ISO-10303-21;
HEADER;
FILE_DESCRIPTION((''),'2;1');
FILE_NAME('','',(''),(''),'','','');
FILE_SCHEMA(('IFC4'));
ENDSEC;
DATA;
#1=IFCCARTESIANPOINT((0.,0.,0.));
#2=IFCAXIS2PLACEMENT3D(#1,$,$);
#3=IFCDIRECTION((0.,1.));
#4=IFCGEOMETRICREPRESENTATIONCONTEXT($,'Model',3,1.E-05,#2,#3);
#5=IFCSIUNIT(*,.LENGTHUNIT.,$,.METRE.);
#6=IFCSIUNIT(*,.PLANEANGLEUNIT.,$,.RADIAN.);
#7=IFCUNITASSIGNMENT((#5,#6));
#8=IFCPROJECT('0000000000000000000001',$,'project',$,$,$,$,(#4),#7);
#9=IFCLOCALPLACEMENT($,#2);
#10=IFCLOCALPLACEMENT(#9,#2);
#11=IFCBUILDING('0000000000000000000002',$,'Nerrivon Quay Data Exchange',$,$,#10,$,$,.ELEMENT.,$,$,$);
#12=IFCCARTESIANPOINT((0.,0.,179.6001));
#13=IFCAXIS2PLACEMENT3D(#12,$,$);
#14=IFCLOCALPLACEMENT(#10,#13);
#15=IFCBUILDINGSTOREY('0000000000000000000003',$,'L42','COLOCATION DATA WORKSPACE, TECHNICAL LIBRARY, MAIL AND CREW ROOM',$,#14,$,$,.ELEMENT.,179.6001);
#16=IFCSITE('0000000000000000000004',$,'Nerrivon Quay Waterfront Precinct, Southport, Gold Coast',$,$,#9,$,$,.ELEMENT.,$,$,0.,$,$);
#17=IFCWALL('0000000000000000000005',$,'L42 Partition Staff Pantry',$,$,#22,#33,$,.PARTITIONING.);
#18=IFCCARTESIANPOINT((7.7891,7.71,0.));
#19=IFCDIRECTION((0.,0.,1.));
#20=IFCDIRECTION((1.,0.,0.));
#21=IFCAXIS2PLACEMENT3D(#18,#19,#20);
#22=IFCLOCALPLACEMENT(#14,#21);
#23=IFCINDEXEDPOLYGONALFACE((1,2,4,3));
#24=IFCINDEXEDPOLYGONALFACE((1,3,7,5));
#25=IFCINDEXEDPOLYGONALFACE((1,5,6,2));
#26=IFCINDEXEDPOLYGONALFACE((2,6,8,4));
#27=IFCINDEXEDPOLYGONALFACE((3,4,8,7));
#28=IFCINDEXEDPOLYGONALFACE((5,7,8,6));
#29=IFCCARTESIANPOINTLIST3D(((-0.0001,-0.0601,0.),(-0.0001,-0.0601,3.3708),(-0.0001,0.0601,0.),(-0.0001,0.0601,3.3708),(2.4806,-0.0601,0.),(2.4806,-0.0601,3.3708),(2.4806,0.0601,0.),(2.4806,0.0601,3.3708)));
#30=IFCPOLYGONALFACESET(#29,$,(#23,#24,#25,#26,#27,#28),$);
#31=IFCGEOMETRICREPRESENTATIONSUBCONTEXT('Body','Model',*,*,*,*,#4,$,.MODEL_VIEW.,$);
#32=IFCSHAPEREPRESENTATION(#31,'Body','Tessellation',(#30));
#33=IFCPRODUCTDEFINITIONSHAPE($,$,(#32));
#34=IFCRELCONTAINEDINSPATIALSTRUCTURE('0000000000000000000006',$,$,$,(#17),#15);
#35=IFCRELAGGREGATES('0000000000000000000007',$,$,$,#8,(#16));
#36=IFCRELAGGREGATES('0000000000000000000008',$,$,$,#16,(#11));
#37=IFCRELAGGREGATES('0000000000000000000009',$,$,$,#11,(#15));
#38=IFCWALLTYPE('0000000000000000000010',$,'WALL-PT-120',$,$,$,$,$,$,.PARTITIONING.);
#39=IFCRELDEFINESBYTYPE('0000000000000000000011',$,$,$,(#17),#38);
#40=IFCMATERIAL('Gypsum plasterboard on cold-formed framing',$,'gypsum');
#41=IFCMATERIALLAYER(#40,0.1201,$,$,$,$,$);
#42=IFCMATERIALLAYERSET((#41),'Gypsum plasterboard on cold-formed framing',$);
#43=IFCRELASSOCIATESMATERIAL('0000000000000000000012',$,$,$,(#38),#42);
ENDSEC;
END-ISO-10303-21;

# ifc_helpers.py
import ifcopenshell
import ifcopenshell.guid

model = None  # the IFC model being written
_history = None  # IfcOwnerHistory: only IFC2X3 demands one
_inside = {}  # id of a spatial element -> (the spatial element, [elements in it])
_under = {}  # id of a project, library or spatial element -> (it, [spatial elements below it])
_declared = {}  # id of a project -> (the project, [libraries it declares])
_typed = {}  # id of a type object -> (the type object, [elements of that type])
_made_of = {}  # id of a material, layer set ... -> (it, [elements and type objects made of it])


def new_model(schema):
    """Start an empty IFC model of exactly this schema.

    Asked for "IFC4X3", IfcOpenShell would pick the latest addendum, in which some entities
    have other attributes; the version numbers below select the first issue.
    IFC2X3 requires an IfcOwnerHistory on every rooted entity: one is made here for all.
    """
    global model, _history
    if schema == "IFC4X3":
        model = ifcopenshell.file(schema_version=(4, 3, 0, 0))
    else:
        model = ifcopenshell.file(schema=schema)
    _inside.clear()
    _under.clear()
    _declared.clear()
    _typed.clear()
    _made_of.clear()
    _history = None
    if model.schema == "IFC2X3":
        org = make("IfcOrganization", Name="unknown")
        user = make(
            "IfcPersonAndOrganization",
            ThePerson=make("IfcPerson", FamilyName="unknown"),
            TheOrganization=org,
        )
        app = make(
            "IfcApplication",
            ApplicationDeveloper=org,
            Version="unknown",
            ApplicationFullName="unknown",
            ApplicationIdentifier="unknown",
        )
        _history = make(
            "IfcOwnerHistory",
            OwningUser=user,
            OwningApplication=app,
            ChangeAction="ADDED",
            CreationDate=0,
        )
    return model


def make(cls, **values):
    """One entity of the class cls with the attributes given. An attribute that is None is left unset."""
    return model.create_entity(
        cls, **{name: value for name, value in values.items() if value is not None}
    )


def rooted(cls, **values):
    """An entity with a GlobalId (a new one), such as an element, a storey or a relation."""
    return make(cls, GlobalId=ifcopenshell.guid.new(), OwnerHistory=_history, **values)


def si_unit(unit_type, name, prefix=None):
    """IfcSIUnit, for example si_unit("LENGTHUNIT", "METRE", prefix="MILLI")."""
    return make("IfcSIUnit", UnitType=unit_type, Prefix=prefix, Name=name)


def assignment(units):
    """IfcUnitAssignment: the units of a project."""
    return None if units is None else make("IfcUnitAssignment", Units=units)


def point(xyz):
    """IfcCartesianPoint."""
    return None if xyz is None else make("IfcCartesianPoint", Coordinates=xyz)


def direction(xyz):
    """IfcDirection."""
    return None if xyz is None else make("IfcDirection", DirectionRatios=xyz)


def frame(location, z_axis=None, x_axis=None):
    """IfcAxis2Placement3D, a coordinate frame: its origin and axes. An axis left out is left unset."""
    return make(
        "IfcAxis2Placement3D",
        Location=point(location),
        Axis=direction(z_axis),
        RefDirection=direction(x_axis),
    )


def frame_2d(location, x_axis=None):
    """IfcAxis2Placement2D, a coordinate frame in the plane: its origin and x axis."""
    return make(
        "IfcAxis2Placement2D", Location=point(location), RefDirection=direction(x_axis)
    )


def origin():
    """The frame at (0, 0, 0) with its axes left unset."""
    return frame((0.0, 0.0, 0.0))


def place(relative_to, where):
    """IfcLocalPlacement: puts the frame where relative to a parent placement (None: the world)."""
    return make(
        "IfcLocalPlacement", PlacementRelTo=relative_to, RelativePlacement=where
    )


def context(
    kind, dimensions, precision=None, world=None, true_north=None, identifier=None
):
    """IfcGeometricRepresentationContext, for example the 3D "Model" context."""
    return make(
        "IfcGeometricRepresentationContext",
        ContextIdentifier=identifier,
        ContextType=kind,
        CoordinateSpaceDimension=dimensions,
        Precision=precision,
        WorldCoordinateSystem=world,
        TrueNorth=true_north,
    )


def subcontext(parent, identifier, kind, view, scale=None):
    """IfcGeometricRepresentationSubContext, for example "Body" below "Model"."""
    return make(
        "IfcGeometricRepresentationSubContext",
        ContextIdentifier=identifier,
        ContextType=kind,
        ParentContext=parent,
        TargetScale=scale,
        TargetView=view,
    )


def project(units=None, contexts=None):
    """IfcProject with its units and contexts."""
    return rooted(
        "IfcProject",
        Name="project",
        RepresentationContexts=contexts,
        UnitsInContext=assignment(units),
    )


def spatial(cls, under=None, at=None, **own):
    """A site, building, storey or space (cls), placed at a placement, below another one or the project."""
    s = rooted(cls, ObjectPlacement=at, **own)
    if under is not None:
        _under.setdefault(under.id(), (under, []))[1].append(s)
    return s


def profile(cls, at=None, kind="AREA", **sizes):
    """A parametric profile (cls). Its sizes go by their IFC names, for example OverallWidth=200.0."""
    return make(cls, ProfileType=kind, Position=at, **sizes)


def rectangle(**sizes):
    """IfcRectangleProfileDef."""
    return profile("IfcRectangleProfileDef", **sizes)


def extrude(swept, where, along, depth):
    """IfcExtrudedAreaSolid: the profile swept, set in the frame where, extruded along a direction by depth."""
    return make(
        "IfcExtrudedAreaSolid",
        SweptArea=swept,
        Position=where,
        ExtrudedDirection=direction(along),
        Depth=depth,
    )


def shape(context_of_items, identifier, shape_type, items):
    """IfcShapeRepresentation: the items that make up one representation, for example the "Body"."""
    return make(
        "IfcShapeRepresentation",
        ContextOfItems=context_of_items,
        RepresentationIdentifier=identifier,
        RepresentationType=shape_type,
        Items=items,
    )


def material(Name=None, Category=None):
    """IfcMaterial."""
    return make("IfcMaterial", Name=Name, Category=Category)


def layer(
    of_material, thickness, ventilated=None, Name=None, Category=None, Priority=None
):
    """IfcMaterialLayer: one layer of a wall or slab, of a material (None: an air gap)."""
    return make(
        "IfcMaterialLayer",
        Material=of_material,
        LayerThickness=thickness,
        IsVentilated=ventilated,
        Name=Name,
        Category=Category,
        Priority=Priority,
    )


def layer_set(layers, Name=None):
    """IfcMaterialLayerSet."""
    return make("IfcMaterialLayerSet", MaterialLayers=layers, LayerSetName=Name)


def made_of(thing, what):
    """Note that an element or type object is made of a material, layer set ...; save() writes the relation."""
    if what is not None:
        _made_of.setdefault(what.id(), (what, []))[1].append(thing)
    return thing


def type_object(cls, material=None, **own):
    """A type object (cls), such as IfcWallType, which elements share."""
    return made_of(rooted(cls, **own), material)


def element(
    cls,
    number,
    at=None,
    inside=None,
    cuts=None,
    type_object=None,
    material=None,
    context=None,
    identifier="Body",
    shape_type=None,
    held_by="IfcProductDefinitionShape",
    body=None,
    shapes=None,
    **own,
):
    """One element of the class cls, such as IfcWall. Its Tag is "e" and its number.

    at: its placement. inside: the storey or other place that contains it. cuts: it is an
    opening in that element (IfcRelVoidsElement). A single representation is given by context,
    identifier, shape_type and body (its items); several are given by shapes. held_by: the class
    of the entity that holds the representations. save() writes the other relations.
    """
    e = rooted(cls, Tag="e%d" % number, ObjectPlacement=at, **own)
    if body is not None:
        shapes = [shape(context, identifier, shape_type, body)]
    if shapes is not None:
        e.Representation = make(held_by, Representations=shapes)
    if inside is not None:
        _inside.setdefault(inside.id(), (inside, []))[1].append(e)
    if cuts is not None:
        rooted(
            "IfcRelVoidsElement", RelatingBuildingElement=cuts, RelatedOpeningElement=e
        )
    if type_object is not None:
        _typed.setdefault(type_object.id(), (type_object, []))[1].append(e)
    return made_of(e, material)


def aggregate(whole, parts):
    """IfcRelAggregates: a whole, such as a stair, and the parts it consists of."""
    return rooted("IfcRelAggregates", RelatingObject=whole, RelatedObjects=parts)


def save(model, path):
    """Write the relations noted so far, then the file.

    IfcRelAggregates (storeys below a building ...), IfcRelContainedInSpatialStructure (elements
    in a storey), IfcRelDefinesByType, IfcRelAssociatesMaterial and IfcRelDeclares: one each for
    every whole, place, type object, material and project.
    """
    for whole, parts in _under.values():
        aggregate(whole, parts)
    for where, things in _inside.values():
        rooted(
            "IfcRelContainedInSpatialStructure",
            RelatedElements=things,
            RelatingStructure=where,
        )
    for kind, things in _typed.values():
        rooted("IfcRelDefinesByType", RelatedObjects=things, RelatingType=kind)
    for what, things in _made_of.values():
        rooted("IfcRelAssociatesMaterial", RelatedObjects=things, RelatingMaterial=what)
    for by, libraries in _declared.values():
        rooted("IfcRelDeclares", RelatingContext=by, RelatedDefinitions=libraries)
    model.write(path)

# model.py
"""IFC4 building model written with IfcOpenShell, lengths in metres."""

from ifc_helpers import new_model, si_unit, direction, frame, frame_2d, origin, place, context, subcontext, project, spatial, rectangle, extrude, material, layer, layer_set, type_object, element, save


model = new_model("IFC4")

# Units and contexts
model_context = context("Model", 3, precision=1e-05, world=origin(), true_north=direction((0.0, 1.0)))
body_context = subcontext(model_context, "Body", "Model", "MODEL_VIEW")
ifc_project = project(units=[si_unit("LENGTHUNIT", "METRE"), si_unit("PLANEANGLEUNIT", "RADIAN")], contexts=[model_context])

# Site, building, storey
site_placement = place(None, origin())
site = spatial("IfcSite", under=ifc_project, at=site_placement, Name="Nerrivon Quay Waterfront Precinct, Southport, Gold Coast", CompositionType="ELEMENT", RefElevation=0.0)
building_placement = place(site_placement, origin())
building = spatial("IfcBuilding", under=site, at=building_placement, Name="Nerrivon Quay Data Exchange", CompositionType="ELEMENT")
storey_placement = place(building_placement, frame((0.0, 0.0, 179.6001)))
storey = spatial("IfcBuildingStorey", under=building, at=storey_placement, Name="L42", Description="COLOCATION DATA WORKSPACE, TECHNICAL LIBRARY, MAIL AND CREW ROOM", CompositionType="ELEMENT", Elevation=179.6001)

# Shared definitions
ifc_material_1 = material(Name="Gypsum plasterboard on cold-formed framing", Category="gypsum")
ifc_layer_1 = layer(ifc_material_1, 0.1201)
ifc_layer_set_1 = layer_set([ifc_layer_1], Name="Gypsum plasterboard on cold-formed framing")
wall_type_1 = type_object("IfcWallType", Name="WALL-PT-120", PredefinedType="PARTITIONING", material=ifc_layer_set_1)

# Wall
wall_1_placement = place(storey_placement, frame((7.7891, 7.71, 0.0), z_axis=(0.0, 0.0, 1.0), x_axis=(1.0, 0.0, 0.0)))
element("IfcWall", 1, at=wall_1_placement, inside=storey, type_object=wall_type_1, Name="L42 Partition Staff Pantry", PredefinedType="PARTITIONING", context=body_context, shape_type="SweptSolid", body=[
    extrude(rectangle(XDim=2.4807, YDim=0.1201, at=frame_2d((1.2402, 0.0))), origin(), (0.0, 0.0, 1.0), 3.3708),
])

save(model, "model.ifc")
